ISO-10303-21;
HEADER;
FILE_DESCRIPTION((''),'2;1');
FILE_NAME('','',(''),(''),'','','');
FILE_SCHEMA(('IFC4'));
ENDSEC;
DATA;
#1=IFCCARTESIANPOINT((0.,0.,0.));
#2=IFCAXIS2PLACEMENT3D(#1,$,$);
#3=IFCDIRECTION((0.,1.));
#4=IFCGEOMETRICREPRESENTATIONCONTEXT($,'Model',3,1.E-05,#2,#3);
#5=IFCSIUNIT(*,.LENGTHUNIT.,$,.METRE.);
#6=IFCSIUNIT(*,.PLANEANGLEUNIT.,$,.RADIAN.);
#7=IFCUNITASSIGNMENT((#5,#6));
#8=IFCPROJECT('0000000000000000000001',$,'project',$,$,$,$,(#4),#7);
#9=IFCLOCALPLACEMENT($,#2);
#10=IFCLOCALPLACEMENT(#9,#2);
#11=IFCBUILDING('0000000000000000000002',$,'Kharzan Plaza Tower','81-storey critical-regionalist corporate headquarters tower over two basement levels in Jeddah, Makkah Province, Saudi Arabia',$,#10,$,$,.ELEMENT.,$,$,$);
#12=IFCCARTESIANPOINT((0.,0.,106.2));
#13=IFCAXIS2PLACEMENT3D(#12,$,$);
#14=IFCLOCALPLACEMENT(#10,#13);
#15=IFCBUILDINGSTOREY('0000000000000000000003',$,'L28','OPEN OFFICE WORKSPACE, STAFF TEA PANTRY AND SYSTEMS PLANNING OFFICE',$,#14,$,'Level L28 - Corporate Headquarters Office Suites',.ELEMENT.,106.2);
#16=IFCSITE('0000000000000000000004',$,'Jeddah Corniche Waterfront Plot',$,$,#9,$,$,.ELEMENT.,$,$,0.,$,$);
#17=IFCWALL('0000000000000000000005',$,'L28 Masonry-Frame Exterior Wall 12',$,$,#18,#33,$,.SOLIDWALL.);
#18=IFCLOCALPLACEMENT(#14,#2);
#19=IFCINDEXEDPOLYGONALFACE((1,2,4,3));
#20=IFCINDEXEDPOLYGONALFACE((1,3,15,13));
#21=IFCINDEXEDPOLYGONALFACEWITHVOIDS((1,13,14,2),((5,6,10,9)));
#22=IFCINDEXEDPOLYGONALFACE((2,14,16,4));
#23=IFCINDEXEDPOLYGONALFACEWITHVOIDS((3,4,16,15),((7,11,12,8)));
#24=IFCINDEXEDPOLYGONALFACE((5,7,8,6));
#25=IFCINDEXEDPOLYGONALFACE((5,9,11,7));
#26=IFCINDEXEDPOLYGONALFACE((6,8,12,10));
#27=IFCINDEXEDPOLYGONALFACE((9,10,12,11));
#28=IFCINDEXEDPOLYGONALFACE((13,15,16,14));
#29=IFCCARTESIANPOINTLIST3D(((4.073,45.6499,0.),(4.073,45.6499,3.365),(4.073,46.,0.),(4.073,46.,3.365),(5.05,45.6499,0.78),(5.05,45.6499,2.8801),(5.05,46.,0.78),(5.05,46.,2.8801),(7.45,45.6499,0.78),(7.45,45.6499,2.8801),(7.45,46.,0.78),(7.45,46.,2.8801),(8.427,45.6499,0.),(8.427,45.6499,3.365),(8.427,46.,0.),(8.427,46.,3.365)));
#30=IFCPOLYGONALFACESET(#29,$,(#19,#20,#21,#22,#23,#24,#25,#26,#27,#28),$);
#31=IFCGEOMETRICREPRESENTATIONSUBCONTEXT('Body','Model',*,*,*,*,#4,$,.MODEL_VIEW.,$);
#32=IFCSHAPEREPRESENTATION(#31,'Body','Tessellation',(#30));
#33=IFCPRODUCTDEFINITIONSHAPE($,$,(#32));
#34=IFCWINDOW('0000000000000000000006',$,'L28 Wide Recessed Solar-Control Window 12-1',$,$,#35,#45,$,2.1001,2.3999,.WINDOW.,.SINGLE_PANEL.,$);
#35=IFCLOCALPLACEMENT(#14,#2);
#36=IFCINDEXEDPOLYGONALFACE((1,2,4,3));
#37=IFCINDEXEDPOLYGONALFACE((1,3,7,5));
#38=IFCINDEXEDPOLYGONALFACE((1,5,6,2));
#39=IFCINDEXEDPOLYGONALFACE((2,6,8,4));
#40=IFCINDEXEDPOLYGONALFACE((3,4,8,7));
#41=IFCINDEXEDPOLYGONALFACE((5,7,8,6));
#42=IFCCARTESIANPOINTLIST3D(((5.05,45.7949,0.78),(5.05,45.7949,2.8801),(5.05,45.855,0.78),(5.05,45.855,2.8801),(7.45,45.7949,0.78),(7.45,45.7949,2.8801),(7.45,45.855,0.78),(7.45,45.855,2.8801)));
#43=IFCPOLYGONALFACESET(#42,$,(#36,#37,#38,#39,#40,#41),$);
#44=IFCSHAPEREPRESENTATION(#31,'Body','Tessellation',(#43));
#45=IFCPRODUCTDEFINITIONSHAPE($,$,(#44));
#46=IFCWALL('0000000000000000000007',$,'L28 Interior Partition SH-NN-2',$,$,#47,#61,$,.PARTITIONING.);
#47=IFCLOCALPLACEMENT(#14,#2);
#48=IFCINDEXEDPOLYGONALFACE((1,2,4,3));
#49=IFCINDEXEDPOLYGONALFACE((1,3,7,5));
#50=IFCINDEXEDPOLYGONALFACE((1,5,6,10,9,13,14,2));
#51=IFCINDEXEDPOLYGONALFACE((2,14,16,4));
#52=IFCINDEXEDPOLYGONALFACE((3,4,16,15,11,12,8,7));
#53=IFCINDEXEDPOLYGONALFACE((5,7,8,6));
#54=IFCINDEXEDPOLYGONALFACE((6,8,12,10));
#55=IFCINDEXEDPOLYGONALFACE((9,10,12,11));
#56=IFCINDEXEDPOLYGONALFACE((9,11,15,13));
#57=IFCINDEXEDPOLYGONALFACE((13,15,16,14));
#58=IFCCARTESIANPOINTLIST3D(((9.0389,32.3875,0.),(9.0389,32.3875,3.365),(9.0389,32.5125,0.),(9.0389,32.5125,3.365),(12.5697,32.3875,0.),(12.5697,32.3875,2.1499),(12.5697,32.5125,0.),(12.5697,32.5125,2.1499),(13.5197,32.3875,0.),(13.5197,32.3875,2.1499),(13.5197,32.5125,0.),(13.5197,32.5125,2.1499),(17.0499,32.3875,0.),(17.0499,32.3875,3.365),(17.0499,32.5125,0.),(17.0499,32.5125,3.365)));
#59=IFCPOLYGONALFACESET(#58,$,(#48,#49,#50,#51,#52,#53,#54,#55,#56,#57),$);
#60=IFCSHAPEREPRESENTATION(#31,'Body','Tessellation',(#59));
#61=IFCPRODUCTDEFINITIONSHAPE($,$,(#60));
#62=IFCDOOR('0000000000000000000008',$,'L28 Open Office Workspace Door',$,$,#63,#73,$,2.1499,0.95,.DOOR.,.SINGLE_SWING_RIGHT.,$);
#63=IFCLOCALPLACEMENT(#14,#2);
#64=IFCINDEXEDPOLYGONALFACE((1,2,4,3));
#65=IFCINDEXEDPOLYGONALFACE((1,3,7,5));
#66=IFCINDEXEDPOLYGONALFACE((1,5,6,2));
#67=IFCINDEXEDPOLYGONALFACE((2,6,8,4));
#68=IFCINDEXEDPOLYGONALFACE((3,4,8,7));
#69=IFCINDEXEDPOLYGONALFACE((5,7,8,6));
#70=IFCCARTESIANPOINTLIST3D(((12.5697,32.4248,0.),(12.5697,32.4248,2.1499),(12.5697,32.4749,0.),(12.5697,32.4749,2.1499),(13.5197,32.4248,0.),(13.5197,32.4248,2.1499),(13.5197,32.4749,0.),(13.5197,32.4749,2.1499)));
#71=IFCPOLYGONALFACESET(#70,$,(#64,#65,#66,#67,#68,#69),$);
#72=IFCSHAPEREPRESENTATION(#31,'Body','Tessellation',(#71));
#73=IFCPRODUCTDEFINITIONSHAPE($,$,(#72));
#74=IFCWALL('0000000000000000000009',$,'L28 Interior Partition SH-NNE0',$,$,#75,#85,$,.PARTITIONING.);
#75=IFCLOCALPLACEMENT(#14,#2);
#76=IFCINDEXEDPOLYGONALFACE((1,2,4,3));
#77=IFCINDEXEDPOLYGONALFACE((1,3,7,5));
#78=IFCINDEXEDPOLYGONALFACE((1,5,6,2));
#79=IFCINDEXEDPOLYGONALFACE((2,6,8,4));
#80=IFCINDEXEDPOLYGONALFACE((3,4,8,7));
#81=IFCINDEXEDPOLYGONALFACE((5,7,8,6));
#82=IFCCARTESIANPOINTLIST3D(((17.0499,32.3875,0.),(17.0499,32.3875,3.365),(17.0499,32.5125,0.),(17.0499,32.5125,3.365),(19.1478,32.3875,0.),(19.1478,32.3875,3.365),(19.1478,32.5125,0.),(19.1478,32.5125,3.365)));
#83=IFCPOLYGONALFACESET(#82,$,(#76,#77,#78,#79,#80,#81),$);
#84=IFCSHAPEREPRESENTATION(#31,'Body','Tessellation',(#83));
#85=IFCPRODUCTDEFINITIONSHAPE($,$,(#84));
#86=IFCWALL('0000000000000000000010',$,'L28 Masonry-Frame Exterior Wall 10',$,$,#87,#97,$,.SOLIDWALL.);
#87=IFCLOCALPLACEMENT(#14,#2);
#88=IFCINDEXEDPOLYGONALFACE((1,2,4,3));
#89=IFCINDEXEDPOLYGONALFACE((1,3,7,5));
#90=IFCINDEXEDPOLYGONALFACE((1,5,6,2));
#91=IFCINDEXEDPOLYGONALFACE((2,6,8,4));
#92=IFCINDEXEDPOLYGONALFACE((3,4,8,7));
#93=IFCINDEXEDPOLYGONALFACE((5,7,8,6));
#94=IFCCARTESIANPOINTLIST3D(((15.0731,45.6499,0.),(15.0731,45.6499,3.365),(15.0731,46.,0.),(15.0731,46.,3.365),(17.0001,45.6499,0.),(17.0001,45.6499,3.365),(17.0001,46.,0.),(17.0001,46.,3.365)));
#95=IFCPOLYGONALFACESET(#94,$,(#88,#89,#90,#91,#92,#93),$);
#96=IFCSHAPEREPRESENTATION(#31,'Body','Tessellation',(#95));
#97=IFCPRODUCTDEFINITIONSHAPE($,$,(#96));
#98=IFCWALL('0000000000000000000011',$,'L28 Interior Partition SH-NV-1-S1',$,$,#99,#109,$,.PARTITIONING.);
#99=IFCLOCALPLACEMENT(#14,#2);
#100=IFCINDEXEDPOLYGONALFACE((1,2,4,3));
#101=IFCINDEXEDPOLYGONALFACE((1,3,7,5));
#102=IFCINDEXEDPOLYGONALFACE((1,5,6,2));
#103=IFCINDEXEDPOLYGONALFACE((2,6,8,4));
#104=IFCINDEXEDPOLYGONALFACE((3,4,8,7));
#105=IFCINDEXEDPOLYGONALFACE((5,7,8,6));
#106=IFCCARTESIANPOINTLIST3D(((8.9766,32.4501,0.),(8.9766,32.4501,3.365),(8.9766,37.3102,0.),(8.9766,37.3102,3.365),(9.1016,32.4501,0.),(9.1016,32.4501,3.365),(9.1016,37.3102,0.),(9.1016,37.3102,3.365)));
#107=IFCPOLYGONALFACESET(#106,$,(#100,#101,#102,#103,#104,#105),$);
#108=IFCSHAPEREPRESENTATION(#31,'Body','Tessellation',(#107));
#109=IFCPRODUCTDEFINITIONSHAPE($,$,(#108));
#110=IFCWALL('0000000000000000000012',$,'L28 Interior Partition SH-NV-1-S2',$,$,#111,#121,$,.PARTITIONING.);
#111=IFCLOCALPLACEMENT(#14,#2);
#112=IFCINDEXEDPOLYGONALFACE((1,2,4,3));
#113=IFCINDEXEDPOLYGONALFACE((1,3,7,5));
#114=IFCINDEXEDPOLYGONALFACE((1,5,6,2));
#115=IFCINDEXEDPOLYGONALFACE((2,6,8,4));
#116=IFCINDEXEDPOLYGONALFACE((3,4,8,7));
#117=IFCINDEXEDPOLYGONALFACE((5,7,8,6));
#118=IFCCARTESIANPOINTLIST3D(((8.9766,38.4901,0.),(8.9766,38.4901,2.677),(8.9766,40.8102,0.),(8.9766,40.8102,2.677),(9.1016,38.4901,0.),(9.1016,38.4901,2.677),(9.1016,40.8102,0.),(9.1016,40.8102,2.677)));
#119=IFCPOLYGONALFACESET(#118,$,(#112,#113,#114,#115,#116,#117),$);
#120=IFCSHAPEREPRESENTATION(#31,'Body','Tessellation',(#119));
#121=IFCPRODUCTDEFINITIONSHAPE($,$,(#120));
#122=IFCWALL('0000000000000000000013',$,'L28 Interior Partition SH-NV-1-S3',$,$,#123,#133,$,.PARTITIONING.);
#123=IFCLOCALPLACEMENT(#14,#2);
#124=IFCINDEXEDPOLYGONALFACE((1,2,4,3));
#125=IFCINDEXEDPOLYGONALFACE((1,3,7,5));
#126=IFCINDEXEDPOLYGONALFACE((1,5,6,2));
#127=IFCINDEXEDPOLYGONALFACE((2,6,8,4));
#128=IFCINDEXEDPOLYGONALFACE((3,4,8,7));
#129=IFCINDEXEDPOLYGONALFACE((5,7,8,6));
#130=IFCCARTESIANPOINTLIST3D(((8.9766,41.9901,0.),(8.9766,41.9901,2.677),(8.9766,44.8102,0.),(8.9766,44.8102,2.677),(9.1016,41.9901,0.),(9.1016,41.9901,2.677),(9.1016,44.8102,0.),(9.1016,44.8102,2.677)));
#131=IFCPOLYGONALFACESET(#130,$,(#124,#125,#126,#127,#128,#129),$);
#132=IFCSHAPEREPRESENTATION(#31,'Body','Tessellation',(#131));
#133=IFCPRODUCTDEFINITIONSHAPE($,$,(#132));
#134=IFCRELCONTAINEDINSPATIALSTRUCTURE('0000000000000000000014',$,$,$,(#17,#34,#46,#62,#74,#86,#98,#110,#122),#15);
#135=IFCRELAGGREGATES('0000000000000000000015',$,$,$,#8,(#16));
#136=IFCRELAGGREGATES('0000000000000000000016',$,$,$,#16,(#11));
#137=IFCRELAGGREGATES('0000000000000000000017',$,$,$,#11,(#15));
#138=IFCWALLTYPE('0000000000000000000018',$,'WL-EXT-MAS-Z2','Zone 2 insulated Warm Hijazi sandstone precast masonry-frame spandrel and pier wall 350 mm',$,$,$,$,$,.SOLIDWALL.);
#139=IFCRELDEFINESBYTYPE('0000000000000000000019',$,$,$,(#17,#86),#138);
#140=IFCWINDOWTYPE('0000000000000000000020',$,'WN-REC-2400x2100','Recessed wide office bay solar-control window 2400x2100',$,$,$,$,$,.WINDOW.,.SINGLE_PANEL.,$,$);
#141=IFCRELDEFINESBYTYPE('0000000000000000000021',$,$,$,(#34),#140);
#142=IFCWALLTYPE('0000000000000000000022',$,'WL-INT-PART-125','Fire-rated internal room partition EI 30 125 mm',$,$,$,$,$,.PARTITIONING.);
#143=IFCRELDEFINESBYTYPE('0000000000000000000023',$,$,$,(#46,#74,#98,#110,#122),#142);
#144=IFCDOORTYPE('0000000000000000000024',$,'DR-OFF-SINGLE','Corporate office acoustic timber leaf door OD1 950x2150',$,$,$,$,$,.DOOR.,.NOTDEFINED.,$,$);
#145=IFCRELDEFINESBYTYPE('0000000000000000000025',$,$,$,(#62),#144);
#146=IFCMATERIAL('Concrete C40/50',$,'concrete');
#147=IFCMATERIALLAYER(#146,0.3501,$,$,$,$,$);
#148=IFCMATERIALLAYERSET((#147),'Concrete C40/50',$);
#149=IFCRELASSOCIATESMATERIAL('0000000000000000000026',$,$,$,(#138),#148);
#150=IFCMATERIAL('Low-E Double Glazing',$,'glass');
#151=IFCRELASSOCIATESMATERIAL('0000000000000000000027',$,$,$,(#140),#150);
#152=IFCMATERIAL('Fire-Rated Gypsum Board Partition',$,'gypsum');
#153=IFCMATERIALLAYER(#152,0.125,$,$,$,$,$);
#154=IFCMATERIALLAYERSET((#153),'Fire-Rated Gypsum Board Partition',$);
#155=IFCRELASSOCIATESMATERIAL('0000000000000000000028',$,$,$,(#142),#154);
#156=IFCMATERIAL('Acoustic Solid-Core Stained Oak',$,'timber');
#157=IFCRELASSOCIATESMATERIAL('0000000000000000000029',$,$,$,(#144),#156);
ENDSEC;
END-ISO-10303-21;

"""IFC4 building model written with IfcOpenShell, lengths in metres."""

from ifc_helpers import new_model, si_unit, direction, frame, frame_2d, origin, place, context, subcontext, project, spatial, rectangle, extrude, source, transform, mapped, material, layer, layer_set, type_object, element, fill, save


model = new_model("IFC4")

# Units and contexts
model_context = context("Model", 3, precision=1e-05, world=origin(), true_north=direction((0.0, 1.0)))
body_context = subcontext(model_context, "Body", "Model", "MODEL_VIEW")
ifc_project = project(units=[si_unit("LENGTHUNIT", "METRE"), si_unit("PLANEANGLEUNIT", "RADIAN")], contexts=[model_context])

# Site, building, storey
site_placement = place(None, origin())
site = spatial("IfcSite", under=ifc_project, at=site_placement, Name="Jeddah Corniche Waterfront Plot", CompositionType="ELEMENT", RefElevation=0.0)
building_placement = place(site_placement, origin())
building = spatial("IfcBuilding", under=site, at=building_placement, Name="Kharzan Plaza Tower", Description="81-storey critical-regionalist corporate headquarters tower over two basement levels in Jeddah, Makkah Province, Saudi Arabia", CompositionType="ELEMENT")
storey_placement = place(building_placement, frame((0.0, 0.0, 106.2)))
storey = spatial("IfcBuildingStorey", under=building, at=storey_placement, Name="L28", Description="OPEN OFFICE WORKSPACE, STAFF TEA PANTRY AND SYSTEMS PLANNING OFFICE", LongName="Level L28 - Corporate Headquarters Office Suites", CompositionType="ELEMENT", Elevation=106.2)

# Wall, opening, window
ifc_material_1 = material(Name="Concrete C40/50", Category="concrete")
ifc_layer_1 = layer(ifc_material_1, 0.3501)
ifc_layer_set_1 = layer_set([ifc_layer_1], Name="Concrete C40/50")
wall_type_1 = type_object("IfcWallType", Name="WL-EXT-MAS-Z2", Description="Zone 2 insulated Warm Hijazi sandstone precast masonry-frame spandrel and pier wall 350 mm", PredefinedType="SOLIDWALL", material=ifc_layer_set_1)
ifc_material_2 = material(Name="Low-E Double Glazing", Category="glass")
window_type_1 = type_object("IfcWindowType", Name="WN-REC-2400x2100", Description="Recessed wide office bay solar-control window 2400x2100", PartitioningType="SINGLE_PANEL", PredefinedType="WINDOW", material=ifc_material_2)
shared_shape_1 = source(origin(), body_context, "Body", "SweptSolid", [
    extrude(rectangle(XDim=2.3999, YDim=2.1001, at=frame_2d((1.2, 1.05))), frame((0.0, 0.03, 0.0), z_axis=(0.0, -1.0, 0.0), x_axis=(1.0, 0.0, 0.0)), (0.0, 0.0, 1.0), 0.0601),
])
wall_1_placement = place(storey_placement, frame((8.427, 45.825, 0.0), z_axis=(0.0, 0.0, 1.0), x_axis=(-1.0, 0.0, 0.0)))
wall_1 = element("IfcWall", 1, at=wall_1_placement, inside=storey, type_object=wall_type_1, Name="L28 Masonry-Frame Exterior Wall 12", PredefinedType="SOLIDWALL", context=body_context, shape_type="SweptSolid", body=[
    extrude(rectangle(XDim=4.354, YDim=0.3501, at=frame_2d((2.177, 0.0))), origin(), (0.0, 0.0, 1.0), 3.365),
])
opening_1_placement = place(wall_1_placement, frame((0.9771, 0.0, 0.78)))
opening_1 = element("IfcOpeningElement", 2, at=opening_1_placement, cuts=wall_1, PredefinedType="OPENING", context=body_context, shape_type="SweptSolid", body=[
    extrude(rectangle(XDim=2.3999, YDim=2.1001, at=frame_2d((1.2, 1.05))), frame((0.0, 0.1851, 0.0), z_axis=(0.0, -1.0, 0.0), x_axis=(1.0, 0.0, 0.0)), (0.0, 0.0, 1.0), 0.3701),
])
window_1_placement = place(opening_1_placement, origin())
window_1 = element("IfcWindow", 3, at=window_1_placement, inside=storey, type_object=window_type_1, Name="L28 Wide Recessed Solar-Control Window 12-1", OverallHeight=2.1001, OverallWidth=2.3999, PartitioningType="SINGLE_PANEL", PredefinedType="WINDOW", context=body_context, shape_type="MappedRepresentation", body=[
    mapped(shared_shape_1, transform((0.0, 0.0, 0.0), x_axis=(1.0, 0.0, 0.0), y_axis=(0.0, 1.0, 0.0), z_axis=(0.0, 0.0, 1.0))),
])
fill(opening_1, window_1)

# Wall, opening, door
ifc_material_3 = material(Name="Fire-Rated Gypsum Board Partition", Category="gypsum")
ifc_layer_2 = layer(ifc_material_3, 0.125)
ifc_layer_set_2 = layer_set([ifc_layer_2], Name="Fire-Rated Gypsum Board Partition")
wall_type_2 = type_object("IfcWallType", Name="WL-INT-PART-125", Description="Fire-rated internal room partition EI 30 125 mm", PredefinedType="PARTITIONING", material=ifc_layer_set_2)
wall_2_placement = place(storey_placement, frame((9.0391, 32.45, 0.0), z_axis=(0.0, 0.0, 1.0), x_axis=(1.0, 0.0, 0.0)))
wall_2 = element("IfcWall", 4, at=wall_2_placement, inside=storey, type_object=wall_type_2, Name="L28 Interior Partition SH-NN-2", PredefinedType="PARTITIONING", context=body_context, shape_type="SweptSolid", body=[
    extrude(rectangle(XDim=8.011, YDim=0.125, at=frame_2d((4.0054, 0.0))), origin(), (0.0, 0.0, 1.0), 3.365),
])
opening_2_placement = place(wall_2_placement, frame((3.5305, 0.0, 0.0)))
opening_2 = element("IfcOpeningElement", 5, at=opening_2_placement, cuts=wall_2, PredefinedType="OPENING", context=body_context, shape_type="SweptSolid", body=[
    extrude(rectangle(XDim=0.95, YDim=2.1499, at=frame_2d((0.4751, 1.075))), frame((0.0, 0.0725, 0.0), z_axis=(0.0, -1.0, 0.0), x_axis=(1.0, 0.0, 0.0)), (0.0, 0.0, 1.0), 0.145),
])
ifc_material_4 = material(Name="Acoustic Solid-Core Stained Oak", Category="timber")
door_type = type_object("IfcDoorType", Name="DR-OFF-SINGLE", Description="Corporate office acoustic timber leaf door OD1 950x2150", OperationType="NOTDEFINED", PredefinedType="DOOR", material=ifc_material_4)
shared_shape_2 = source(origin(), body_context, "Body", "SweptSolid", [
    extrude(rectangle(XDim=0.95, YDim=2.1499, at=frame_2d((0.4751, 1.075))), frame((0.0, 0.0249, 0.0), z_axis=(0.0, -1.0, 0.0), x_axis=(1.0, 0.0, 0.0)), (0.0, 0.0, 1.0), 0.05),
])
door_placement = place(opening_2_placement, origin())
door = element("IfcDoor", 6, at=door_placement, inside=storey, type_object=door_type, Name="L28 Open Office Workspace Door", OperationType="SINGLE_SWING_RIGHT", OverallHeight=2.1499, OverallWidth=0.95, PredefinedType="DOOR", context=body_context, shape_type="MappedRepresentation", body=[
    mapped(shared_shape_2, transform((0.0, 0.0, 0.0), x_axis=(1.0, 0.0, 0.0), y_axis=(0.0, 1.0, 0.0), z_axis=(0.0, 0.0, 1.0))),
])
fill(opening_2, door)

# Walls
shared_shape_3 = source(origin(), body_context, "Body", "SweptSolid", [
    extrude(rectangle(XDim=2.0979, YDim=0.125, at=frame_2d((1.0488, 0.0))), origin(), (0.0, 0.0, 1.0), 3.365),
])
wall_3_placement = place(storey_placement, frame((17.05, 32.45, 0.0), z_axis=(0.0, 0.0, 1.0), x_axis=(1.0, 0.0, 0.0)))
element("IfcWall", 7, at=wall_3_placement, inside=storey, type_object=wall_type_2, Name="L28 Interior Partition SH-NNE0", PredefinedType="PARTITIONING", context=body_context, shape_type="MappedRepresentation", body=[
    mapped(shared_shape_3, transform((0.0, 0.0, 0.0), x_axis=(1.0, 0.0, 0.0), y_axis=(0.0, 1.0, 0.0), z_axis=(0.0, 0.0, 1.0))),
])
shared_shape_4 = source(origin(), body_context, "Body", "SweptSolid", [
    extrude(rectangle(XDim=1.927, YDim=0.3501, at=frame_2d((0.9634, 0.0))), origin(), (0.0, 0.0, 1.0), 3.365),
])
wall_4_placement = place(storey_placement, frame((17.0, 45.825, 0.0), z_axis=(0.0, 0.0, 1.0), x_axis=(-1.0, 0.0, 0.0)))
element("IfcWall", 8, at=wall_4_placement, inside=storey, type_object=wall_type_1, Name="L28 Masonry-Frame Exterior Wall 10", PredefinedType="SOLIDWALL", context=body_context, shape_type="MappedRepresentation", body=[
    mapped(shared_shape_4, transform((0.0, 0.0, 0.0), x_axis=(1.0, 0.0, 0.0), y_axis=(0.0, 1.0, 0.0), z_axis=(0.0, 0.0, 1.0))),
])
shared_shape_5 = source(origin(), body_context, "Body", "SweptSolid", [
    extrude(rectangle(XDim=4.8601, YDim=0.125, at=frame_2d((2.4302, 0.0))), origin(), (0.0, 0.0, 1.0), 3.365),
])
wall_5_placement = place(storey_placement, frame((9.0391, 32.45, 0.0), z_axis=(0.0, 0.0, 1.0), x_axis=(0.0, 1.0, 0.0)))
element("IfcWall", 9, at=wall_5_placement, inside=storey, type_object=wall_type_2, Name="L28 Interior Partition SH-NV-1-S1", PredefinedType="PARTITIONING", context=body_context, shape_type="MappedRepresentation", body=[
    mapped(shared_shape_5, transform((0.0, 0.0, 0.0), x_axis=(1.0, 0.0, 0.0), y_axis=(0.0, 1.0, 0.0), z_axis=(0.0, 0.0, 1.0))),
])
shared_shape_6 = source(origin(), body_context, "Body", "SweptSolid", [
    extrude(rectangle(XDim=2.3201, YDim=0.125, at=frame_2d((1.1602, 0.0))), origin(), (0.0, 0.0, 1.0), 2.677),
])
wall_6_placement = place(storey_placement, frame((9.0391, 38.49, 0.0), z_axis=(0.0, 0.0, 1.0), x_axis=(0.0, 1.0, 0.0)))
element("IfcWall", 10, at=wall_6_placement, inside=storey, type_object=wall_type_2, Name="L28 Interior Partition SH-NV-1-S2", PredefinedType="PARTITIONING", context=body_context, shape_type="MappedRepresentation", body=[
    mapped(shared_shape_6, transform((0.0, 0.0, 0.0), x_axis=(1.0, 0.0, 0.0), y_axis=(0.0, 1.0, 0.0), z_axis=(0.0, 0.0, 1.0))),
])
shared_shape_7 = source(origin(), body_context, "Body", "SweptSolid", [
    extrude(rectangle(XDim=2.8201, YDim=0.125, at=frame_2d((1.4102, 0.0))), origin(), (0.0, 0.0, 1.0), 2.677),
])
wall_7_placement = place(storey_placement, frame((9.0391, 41.99, 0.0), z_axis=(0.0, 0.0, 1.0), x_axis=(0.0, 1.0, 0.0)))
element("IfcWall", 11, at=wall_7_placement, inside=storey, type_object=wall_type_2, Name="L28 Interior Partition SH-NV-1-S3", PredefinedType="PARTITIONING", context=body_context, shape_type="MappedRepresentation", body=[
    mapped(shared_shape_7, transform((0.0, 0.0, 0.0), x_axis=(1.0, 0.0, 0.0), y_axis=(0.0, 1.0, 0.0), z_axis=(0.0, 0.0, 1.0))),
])

save(model, "model.ifc")
